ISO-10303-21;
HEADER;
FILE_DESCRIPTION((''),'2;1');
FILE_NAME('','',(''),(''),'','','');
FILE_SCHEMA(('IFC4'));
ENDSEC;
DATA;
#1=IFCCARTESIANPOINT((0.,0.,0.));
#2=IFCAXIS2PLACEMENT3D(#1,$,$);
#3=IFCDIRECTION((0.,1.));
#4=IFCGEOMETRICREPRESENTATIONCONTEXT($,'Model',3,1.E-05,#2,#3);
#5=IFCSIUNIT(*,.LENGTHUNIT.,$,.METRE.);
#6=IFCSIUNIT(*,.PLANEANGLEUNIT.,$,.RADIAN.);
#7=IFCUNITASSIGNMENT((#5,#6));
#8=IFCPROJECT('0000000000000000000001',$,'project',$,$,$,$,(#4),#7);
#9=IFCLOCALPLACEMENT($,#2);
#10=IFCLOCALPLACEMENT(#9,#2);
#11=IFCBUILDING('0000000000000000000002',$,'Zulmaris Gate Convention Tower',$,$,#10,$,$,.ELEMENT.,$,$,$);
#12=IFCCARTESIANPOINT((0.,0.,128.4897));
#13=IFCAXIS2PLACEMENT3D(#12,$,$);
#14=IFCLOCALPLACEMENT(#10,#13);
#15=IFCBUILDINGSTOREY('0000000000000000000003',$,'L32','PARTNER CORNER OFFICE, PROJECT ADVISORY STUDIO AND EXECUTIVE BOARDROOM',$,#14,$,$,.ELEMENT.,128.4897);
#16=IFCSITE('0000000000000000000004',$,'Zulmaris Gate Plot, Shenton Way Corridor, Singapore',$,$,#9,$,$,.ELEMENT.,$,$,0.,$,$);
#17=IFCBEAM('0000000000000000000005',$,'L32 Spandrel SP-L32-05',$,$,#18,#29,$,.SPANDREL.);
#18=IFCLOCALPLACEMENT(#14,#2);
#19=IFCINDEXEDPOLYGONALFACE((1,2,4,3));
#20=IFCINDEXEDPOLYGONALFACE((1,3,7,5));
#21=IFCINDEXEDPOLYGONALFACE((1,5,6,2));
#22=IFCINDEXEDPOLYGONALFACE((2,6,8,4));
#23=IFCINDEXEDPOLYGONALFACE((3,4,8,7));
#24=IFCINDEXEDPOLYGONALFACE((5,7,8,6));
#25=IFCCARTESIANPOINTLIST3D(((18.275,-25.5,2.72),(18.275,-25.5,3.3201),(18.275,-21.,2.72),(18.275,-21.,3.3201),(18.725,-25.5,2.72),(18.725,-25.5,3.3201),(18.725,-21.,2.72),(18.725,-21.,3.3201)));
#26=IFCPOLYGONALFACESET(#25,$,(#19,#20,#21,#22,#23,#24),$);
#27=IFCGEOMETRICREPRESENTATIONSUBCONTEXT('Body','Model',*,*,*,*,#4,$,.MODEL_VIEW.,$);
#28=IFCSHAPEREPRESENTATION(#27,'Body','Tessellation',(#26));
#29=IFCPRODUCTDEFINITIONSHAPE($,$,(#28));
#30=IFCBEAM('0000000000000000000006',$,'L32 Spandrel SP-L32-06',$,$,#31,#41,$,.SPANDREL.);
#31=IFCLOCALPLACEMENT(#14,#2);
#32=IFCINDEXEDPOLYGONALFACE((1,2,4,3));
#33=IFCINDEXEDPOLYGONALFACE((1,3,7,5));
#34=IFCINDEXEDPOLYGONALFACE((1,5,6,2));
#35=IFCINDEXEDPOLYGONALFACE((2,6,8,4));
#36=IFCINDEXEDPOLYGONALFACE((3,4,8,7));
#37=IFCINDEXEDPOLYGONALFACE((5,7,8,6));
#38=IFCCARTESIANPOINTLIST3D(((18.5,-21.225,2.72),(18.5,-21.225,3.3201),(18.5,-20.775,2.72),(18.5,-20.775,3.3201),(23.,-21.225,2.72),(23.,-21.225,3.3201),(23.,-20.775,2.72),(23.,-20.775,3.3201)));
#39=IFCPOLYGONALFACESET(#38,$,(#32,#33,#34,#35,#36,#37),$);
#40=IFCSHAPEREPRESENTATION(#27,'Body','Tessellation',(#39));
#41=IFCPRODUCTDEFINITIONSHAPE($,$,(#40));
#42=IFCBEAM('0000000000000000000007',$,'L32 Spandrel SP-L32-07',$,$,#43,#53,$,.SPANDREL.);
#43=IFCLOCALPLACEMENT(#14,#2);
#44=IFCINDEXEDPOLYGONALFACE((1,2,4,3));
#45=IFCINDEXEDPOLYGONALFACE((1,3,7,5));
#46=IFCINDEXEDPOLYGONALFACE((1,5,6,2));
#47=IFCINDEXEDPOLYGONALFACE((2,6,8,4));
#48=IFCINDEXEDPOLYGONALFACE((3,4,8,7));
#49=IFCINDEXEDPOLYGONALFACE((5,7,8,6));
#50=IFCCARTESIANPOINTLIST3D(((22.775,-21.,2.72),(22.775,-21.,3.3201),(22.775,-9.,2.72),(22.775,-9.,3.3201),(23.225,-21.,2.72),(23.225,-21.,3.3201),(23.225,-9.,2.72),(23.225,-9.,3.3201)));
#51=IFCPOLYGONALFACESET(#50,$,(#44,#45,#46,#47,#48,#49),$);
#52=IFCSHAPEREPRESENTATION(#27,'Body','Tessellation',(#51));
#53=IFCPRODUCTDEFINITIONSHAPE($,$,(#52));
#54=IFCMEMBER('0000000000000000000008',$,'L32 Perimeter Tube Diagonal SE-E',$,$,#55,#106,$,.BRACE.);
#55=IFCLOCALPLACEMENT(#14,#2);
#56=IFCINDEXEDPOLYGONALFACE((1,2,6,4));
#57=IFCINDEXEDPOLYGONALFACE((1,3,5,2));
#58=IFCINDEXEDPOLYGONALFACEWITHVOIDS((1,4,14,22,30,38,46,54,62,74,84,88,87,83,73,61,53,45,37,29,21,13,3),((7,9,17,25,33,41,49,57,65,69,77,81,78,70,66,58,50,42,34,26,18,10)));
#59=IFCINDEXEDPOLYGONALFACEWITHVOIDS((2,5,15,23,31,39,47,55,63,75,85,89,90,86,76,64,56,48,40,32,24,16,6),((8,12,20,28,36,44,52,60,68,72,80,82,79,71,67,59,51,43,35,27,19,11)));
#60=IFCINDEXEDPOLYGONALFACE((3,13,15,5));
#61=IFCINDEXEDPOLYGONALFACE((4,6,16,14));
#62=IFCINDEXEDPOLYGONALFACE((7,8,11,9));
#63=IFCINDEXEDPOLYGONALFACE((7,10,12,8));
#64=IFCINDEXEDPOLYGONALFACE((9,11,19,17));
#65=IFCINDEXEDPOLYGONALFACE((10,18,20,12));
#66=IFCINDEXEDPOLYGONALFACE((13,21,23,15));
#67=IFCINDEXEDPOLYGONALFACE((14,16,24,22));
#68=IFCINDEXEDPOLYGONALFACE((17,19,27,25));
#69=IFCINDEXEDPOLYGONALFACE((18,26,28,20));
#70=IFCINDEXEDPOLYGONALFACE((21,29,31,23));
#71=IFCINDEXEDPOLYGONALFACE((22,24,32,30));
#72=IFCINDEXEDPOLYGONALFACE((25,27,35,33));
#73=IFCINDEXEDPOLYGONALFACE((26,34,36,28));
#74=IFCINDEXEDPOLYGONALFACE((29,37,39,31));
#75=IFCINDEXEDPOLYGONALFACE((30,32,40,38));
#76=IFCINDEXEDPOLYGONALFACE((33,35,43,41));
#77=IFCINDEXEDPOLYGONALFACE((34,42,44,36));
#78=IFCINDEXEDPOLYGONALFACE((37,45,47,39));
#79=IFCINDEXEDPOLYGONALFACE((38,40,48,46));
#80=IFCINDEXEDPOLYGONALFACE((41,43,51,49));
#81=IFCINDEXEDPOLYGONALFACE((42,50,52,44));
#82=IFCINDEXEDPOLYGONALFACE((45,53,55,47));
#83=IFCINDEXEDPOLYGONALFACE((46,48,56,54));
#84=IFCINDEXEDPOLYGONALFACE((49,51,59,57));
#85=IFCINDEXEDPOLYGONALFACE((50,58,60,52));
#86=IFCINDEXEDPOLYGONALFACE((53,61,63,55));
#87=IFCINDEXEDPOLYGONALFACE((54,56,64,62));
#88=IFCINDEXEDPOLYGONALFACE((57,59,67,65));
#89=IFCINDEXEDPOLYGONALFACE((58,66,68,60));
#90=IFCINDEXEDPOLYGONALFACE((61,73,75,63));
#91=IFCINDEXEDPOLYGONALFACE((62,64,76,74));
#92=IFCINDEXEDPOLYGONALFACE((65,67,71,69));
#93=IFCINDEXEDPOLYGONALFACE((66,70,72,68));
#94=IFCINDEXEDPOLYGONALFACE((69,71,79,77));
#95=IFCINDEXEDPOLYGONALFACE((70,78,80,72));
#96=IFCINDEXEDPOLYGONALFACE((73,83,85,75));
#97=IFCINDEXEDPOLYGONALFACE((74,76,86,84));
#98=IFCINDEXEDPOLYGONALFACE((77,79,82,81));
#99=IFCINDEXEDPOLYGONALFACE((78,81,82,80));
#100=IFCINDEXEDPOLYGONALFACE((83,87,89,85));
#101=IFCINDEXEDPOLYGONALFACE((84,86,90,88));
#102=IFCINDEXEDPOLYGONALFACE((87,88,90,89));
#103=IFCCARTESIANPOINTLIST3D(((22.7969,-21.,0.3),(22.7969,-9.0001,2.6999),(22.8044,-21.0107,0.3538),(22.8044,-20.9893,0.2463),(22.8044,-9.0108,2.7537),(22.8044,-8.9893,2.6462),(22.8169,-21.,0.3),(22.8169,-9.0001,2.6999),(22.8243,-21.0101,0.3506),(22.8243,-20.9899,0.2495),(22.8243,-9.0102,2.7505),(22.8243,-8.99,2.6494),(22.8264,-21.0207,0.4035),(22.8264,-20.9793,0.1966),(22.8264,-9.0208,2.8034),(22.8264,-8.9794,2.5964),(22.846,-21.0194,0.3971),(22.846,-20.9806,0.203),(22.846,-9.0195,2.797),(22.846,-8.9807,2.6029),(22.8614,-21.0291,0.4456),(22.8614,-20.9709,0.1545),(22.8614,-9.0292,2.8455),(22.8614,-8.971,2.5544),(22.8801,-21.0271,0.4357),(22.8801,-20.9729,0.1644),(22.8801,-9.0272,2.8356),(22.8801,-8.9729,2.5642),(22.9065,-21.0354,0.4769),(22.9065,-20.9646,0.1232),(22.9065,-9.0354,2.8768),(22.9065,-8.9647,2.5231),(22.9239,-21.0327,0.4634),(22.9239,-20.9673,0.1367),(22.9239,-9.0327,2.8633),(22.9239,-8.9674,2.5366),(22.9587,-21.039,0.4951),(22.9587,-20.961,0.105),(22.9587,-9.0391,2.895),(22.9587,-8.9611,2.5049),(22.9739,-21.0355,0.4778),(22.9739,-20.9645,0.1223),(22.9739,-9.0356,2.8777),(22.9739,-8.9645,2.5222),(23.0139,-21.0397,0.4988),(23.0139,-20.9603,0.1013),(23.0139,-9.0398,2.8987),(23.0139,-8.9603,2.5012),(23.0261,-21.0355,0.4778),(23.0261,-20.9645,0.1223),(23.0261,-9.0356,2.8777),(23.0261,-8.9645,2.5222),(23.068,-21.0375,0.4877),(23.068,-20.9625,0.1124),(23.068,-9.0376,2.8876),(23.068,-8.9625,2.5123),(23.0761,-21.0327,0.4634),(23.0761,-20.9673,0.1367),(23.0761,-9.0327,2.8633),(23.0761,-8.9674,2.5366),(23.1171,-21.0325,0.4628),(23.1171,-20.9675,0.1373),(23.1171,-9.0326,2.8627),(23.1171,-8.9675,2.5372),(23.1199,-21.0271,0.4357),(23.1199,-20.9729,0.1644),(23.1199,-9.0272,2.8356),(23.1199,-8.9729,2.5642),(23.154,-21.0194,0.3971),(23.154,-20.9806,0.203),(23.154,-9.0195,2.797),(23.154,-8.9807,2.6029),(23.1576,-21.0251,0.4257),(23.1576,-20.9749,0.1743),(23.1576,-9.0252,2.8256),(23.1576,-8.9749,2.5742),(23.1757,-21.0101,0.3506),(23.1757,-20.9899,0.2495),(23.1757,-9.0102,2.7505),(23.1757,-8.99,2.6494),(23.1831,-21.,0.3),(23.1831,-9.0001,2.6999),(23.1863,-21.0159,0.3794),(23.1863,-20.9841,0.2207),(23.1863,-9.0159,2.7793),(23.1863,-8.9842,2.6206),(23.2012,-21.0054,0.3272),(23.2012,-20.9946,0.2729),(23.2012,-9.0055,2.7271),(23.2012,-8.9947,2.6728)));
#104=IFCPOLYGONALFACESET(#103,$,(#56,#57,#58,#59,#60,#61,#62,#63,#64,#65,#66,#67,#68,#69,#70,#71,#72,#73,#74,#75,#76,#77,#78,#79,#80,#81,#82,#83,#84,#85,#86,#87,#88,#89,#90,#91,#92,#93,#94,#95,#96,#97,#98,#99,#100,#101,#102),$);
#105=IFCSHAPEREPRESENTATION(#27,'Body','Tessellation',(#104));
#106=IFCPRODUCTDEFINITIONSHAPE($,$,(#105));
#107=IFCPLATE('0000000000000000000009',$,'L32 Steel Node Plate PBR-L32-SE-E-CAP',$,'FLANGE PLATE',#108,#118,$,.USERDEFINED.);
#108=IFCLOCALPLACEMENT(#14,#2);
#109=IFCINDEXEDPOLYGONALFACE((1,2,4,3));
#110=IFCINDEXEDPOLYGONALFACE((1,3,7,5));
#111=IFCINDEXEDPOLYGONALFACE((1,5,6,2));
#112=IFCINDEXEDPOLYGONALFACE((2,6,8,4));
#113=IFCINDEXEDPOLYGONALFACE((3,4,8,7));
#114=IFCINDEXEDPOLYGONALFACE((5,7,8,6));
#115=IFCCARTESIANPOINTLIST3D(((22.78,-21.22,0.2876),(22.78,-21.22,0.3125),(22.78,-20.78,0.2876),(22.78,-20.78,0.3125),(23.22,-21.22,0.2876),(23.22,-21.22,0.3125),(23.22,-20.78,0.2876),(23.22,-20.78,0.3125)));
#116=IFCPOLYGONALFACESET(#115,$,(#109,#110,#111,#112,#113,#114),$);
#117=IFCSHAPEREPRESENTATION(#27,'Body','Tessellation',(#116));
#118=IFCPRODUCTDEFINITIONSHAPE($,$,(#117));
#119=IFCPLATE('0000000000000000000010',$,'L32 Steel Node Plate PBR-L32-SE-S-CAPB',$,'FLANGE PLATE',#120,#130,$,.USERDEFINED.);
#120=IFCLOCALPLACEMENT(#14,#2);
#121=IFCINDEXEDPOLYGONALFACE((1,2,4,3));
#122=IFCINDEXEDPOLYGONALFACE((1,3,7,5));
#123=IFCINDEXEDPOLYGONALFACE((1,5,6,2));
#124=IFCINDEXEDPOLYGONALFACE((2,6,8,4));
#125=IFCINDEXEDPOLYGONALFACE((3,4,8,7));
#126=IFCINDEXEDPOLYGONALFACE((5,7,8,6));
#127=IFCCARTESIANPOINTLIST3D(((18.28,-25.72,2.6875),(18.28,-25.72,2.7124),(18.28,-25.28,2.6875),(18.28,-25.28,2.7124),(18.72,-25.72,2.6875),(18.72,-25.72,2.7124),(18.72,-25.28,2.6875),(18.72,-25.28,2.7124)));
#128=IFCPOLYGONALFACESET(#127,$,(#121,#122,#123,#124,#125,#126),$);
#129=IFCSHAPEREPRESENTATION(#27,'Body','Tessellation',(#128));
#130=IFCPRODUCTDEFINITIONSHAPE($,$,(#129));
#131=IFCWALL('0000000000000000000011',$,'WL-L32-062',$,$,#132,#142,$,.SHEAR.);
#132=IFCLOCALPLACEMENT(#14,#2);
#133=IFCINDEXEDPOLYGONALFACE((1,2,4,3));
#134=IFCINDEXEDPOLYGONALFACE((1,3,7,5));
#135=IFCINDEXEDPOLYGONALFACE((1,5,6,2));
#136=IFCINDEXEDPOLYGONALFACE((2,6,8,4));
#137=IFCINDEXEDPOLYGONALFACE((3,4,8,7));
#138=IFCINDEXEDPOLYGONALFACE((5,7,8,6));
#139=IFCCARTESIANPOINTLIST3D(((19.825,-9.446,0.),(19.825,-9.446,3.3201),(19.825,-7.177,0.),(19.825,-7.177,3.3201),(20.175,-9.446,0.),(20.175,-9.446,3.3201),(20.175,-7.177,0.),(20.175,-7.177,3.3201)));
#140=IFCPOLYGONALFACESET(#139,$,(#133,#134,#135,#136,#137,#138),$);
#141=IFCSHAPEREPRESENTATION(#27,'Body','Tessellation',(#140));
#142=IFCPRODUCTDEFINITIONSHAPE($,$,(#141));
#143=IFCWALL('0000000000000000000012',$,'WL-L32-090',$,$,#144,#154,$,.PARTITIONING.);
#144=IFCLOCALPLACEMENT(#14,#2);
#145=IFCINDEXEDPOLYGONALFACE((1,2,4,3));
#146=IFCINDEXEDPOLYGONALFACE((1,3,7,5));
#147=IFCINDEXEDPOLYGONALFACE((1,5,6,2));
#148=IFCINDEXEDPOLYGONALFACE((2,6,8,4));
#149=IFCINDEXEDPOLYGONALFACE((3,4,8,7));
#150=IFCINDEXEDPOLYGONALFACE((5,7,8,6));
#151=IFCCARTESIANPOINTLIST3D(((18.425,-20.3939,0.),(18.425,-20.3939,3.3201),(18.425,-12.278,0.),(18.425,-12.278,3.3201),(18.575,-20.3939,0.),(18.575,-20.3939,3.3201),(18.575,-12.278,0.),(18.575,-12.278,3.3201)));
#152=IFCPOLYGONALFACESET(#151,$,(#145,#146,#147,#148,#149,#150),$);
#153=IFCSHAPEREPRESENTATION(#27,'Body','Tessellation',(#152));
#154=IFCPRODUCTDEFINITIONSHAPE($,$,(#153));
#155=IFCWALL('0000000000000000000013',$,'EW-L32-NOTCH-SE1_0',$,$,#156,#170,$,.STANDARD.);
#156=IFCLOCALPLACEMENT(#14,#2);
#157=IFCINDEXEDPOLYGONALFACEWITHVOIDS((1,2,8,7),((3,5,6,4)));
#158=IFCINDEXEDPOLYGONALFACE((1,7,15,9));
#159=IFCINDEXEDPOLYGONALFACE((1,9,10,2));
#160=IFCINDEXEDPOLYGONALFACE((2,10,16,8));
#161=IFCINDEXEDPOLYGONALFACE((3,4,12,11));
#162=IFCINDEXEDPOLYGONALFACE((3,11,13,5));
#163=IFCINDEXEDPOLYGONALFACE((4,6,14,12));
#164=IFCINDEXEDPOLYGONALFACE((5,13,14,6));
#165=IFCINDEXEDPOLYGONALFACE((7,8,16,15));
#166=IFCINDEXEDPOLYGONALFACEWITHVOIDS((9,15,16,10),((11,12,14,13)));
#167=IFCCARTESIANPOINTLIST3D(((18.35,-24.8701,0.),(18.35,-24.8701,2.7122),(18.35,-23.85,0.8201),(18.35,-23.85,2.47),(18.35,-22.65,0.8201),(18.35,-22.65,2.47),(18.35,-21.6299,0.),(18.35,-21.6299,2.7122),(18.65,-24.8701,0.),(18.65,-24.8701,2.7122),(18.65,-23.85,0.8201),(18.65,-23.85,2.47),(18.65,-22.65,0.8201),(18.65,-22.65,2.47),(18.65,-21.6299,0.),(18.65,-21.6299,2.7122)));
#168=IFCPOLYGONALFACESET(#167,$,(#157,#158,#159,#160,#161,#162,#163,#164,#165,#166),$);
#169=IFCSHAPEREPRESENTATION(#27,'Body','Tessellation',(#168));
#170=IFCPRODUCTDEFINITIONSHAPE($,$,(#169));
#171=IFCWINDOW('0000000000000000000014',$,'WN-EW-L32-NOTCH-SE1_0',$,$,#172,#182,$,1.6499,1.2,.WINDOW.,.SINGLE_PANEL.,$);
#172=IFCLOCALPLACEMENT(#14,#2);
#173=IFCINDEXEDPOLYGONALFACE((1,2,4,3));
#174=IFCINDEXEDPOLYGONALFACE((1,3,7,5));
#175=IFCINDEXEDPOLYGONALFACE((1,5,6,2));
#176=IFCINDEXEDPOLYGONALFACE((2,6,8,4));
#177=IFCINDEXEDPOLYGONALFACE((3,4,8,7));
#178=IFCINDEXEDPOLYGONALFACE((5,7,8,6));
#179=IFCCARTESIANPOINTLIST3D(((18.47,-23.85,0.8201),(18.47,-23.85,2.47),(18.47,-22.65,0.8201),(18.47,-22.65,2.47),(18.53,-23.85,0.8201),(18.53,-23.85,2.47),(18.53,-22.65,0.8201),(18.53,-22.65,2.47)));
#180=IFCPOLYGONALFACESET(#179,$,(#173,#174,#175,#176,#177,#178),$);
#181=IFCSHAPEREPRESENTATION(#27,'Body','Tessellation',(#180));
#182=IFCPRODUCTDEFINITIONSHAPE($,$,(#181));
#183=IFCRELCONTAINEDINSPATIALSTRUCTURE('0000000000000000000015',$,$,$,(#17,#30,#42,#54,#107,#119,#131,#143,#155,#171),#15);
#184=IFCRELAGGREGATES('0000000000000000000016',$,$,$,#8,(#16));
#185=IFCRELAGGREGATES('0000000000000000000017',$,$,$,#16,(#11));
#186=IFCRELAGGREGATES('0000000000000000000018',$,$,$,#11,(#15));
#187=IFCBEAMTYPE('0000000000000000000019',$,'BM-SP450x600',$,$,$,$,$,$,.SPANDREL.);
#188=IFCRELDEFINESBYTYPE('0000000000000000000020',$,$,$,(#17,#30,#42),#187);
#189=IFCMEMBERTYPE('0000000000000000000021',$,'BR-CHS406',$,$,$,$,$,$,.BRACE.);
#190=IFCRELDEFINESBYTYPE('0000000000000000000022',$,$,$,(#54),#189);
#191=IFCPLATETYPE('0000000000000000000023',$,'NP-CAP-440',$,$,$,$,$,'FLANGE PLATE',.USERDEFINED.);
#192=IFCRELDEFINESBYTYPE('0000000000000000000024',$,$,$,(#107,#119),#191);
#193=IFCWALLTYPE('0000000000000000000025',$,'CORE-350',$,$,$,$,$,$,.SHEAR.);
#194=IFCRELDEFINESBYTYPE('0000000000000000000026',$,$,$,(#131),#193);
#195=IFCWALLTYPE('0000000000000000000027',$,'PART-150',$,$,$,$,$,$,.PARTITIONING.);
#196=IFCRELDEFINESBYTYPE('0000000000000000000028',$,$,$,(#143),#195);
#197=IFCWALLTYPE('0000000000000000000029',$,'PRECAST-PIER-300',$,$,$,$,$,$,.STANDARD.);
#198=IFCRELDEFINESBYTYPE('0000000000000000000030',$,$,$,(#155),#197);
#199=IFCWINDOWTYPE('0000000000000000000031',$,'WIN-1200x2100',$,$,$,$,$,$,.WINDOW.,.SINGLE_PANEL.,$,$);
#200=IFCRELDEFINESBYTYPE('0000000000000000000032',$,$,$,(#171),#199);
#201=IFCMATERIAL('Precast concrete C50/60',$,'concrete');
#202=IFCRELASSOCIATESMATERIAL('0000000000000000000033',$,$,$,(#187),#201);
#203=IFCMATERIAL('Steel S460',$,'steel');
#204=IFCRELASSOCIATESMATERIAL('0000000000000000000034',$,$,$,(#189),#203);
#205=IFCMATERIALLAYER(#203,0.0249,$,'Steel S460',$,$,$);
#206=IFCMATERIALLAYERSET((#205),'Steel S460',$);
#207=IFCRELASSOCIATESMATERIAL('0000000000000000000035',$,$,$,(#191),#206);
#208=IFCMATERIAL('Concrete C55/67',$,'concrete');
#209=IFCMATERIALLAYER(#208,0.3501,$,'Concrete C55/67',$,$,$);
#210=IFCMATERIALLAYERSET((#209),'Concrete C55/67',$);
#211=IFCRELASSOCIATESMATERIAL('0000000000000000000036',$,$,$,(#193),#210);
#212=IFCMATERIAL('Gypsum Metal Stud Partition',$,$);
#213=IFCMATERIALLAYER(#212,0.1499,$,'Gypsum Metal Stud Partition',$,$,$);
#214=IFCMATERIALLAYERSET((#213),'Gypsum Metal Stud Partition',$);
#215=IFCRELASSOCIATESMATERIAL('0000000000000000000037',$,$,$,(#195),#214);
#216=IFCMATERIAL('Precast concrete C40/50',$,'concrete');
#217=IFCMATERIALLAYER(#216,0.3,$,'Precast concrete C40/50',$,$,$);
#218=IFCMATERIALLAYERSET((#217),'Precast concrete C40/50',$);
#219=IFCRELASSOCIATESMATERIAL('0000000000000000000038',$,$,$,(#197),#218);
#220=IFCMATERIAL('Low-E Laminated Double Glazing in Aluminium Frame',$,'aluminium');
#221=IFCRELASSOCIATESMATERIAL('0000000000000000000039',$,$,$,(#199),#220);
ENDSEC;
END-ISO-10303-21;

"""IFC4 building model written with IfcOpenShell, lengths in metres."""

from ifc_helpers import new_model, si_unit, direction, frame, frame_2d, origin, origin_2d, place, context, subcontext, project, spatial, rectangle, hollow_circle, extrude, material, layer, layer_set, material_profile, profile_set, type_object, element, fill, save


model = new_model("IFC4")

# Units and contexts
model_context = context("Model", 3, precision=1e-05, world=origin(), true_north=direction((0.0, 1.0)))
body_context = subcontext(model_context, "Body", "Model", "MODEL_VIEW")
ifc_project = project(units=[si_unit("LENGTHUNIT", "METRE"), si_unit("PLANEANGLEUNIT", "RADIAN")], contexts=[model_context])

# Site, building, storey
site_placement = place(None, origin())
site = spatial("IfcSite", under=ifc_project, at=site_placement, Name="Zulmaris Gate Plot, Shenton Way Corridor, Singapore", CompositionType="ELEMENT", RefElevation=0.0)
building_placement = place(site_placement, origin())
building = spatial("IfcBuilding", under=site, at=building_placement, Name="Zulmaris Gate Convention Tower", CompositionType="ELEMENT")
storey_placement = place(building_placement, frame((0.0, 0.0, 128.4897)))
storey = spatial("IfcBuildingStorey", under=building, at=storey_placement, Name="L32", Description="PARTNER CORNER OFFICE, PROJECT ADVISORY STUDIO AND EXECUTIVE BOARDROOM", CompositionType="ELEMENT", Elevation=128.4897)

# Beams
ifc_material_1 = material(Name="Precast concrete C50/60", Category="concrete")
ifc_material_profile_1 = material_profile(ifc_material_1, rectangle(XDim=0.45, YDim=0.6001, at=origin_2d()), Name="RC SPANDREL 450x600")
ifc_profile_set_1 = profile_set([ifc_material_profile_1], Name="Precast concrete C50/60")
beam_type_1 = type_object("IfcBeamType", Name="BM-SP450x600", PredefinedType="SPANDREL", material=ifc_profile_set_1)
for number, where, z_axis, x_axis, name in (
    (1, (18.5, -25.5, 3.02), (0.0, 1.0, 0.0), (-1.0, 0.0, 0.0), "L32 Spandrel SP-L32-05"),
    (2, (18.5, -21.0, 3.02), (1.0, 0.0, 0.0), (0.0, 1.0, 0.0), "L32 Spandrel SP-L32-06"),
):
    element("IfcBeam", number, at=place(storey_placement, frame(where, z_axis=z_axis, x_axis=x_axis)), inside=storey, type_object=beam_type_1, Name=name, PredefinedType="SPANDREL", context=body_context, shape_type="SweptSolid", body=[
        extrude(rectangle(XDim=0.45, YDim=0.6001, at=origin_2d()), origin(), (0.0, 0.0, 1.0), 4.5),
    ])
beam_1_placement = place(storey_placement, frame((23.0, -21.0, 3.02), z_axis=(0.0, 1.0, 0.0), x_axis=(-1.0, 0.0, 0.0)))
element("IfcBeam", 3, at=beam_1_placement, inside=storey, type_object=beam_type_1, Name="L32 Spandrel SP-L32-07", PredefinedType="SPANDREL", context=body_context, shape_type="SweptSolid", body=[
    extrude(rectangle(XDim=0.45, YDim=0.6001, at=origin_2d()), origin(), (0.0, 0.0, 1.0), 12.0),
])

# Member
ifc_material_2 = material(Name="Steel S460", Category="steel")
ifc_material_profile_2 = material_profile(ifc_material_2, hollow_circle(Radius=0.2031, WallThickness=0.02, at=origin_2d()), Name="CHS 406.4x20")
ifc_profile_set_2 = profile_set([ifc_material_profile_2], Name="Steel S460")
member_type = type_object("IfcMemberType", Name="BR-CHS406", PredefinedType="BRACE", material=ifc_profile_set_2)
member_placement = place(storey_placement, frame((23.0, -21.0, 0.3), z_axis=(0.0, 0.980582, 0.196108), x_axis=(-1.0, 0.0, 0.0)))
element("IfcMember", 4, at=member_placement, inside=storey, type_object=member_type, Name="L32 Perimeter Tube Diagonal SE-E", PredefinedType="BRACE", context=body_context, shape_type="SweptSolid", body=[
    extrude(hollow_circle(Radius=0.2031, WallThickness=0.02, at=origin_2d()), origin(), (0.0, 0.0, 1.0), 12.2375),
])

# Plates
ifc_layer_1 = layer(ifc_material_2, 0.0249, Name="Steel S460")
ifc_layer_set_1 = layer_set([ifc_layer_1], Name="Steel S460")
plate_type = type_object("IfcPlateType", Name="NP-CAP-440", ElementType="FLANGE PLATE", PredefinedType="USERDEFINED", material=ifc_layer_set_1)
for number, where, z_axis, x_axis, name in (
    (5, (23.0, -21.0, 0.2876), (0.0, 0.0, 1.0), (1.0, 0.0, 0.0), "L32 Steel Node Plate PBR-L32-SE-E-CAP"),
    (6, (18.5, -25.5, 2.6875), (0.0, 0.0, 1.0), (1.0, 0.0, 0.0), "L32 Steel Node Plate PBR-L32-SE-S-CAPB"),
):
    element("IfcPlate", number, at=place(storey_placement, frame(where, z_axis=z_axis, x_axis=x_axis)), inside=storey, type_object=plate_type, Name=name, ObjectType="FLANGE PLATE", PredefinedType="USERDEFINED", context=body_context, shape_type="SweptSolid", body=[
        extrude(rectangle(XDim=0.4399, YDim=0.4399, at=origin_2d()), origin(), (0.0, 0.0, 1.0), 0.0249),
    ])

# Wall
ifc_material_3 = material(Name="Concrete C55/67", Category="concrete")
ifc_layer_2 = layer(ifc_material_3, 0.3501, Name="Concrete C55/67")
ifc_layer_set_2 = layer_set([ifc_layer_2], Name="Concrete C55/67")
wall_type_1 = type_object("IfcWallType", Name="CORE-350", PredefinedType="SHEAR", material=ifc_layer_set_2)
wall_1_placement = place(storey_placement, frame((20.0, -9.446, 0.0), z_axis=(0.0, 0.0, 1.0), x_axis=(0.0, 1.0, 0.0)))
element("IfcWall", 7, at=wall_1_placement, inside=storey, type_object=wall_type_1, Name="WL-L32-062", PredefinedType="SHEAR", context=body_context, shape_type="SweptSolid", body=[
    extrude(rectangle(XDim=2.269, YDim=0.3501, at=frame_2d((1.1345, 0.0))), origin(), (0.0, 0.0, 1.0), 3.3201),
])

# Shared definitions
ifc_material_4 = material(Name="Gypsum Metal Stud Partition")
ifc_layer_3 = layer(ifc_material_4, 0.1499, Name="Gypsum Metal Stud Partition")
ifc_layer_set_3 = layer_set([ifc_layer_3], Name="Gypsum Metal Stud Partition")
wall_type_2 = type_object("IfcWallType", Name="PART-150", PredefinedType="PARTITIONING", material=ifc_layer_set_3)

# Wall
wall_2_placement = place(storey_placement, frame((18.5, -20.394, 0.0), z_axis=(0.0, 0.0, 1.0), x_axis=(0.0, 1.0, 0.0)))
element("IfcWall", 8, at=wall_2_placement, inside=storey, type_object=wall_type_2, Name="WL-L32-090", PredefinedType="PARTITIONING", context=body_context, shape_type="SweptSolid", body=[
    extrude(rectangle(XDim=8.116, YDim=0.1499, at=frame_2d((4.0581, 0.0))), origin(), (0.0, 0.0, 1.0), 3.3201),
])

# Wall, opening, window
ifc_material_5 = material(Name="Precast concrete C40/50", Category="concrete")
ifc_layer_4 = layer(ifc_material_5, 0.3, Name="Precast concrete C40/50")
ifc_layer_set_4 = layer_set([ifc_layer_4], Name="Precast concrete C40/50")
wall_type_3 = type_object("IfcWallType", Name="PRECAST-PIER-300", PredefinedType="STANDARD", material=ifc_layer_set_4)
wall_3_placement = place(storey_placement, frame((18.5, -24.8701, 0.0), z_axis=(0.0, 0.0, 1.0), x_axis=(0.0, 1.0, 0.0)))
wall_3 = element("IfcWall", 9, at=wall_3_placement, inside=storey, type_object=wall_type_3, Name="EW-L32-NOTCH-SE1_0", PredefinedType="STANDARD", context=body_context, shape_type="SweptSolid", body=[
    extrude(rectangle(XDim=3.2402, YDim=0.3, at=frame_2d((1.6201, 0.0))), origin(), (0.0, 0.0, 1.0), 2.7122),
])
opening_1_placement = place(wall_3_placement, frame((1.02, 0.0, 0.8201)))
opening_1 = element("IfcOpeningElement", 10, at=opening_1_placement, cuts=wall_3, PredefinedType="OPENING", context=body_context, shape_type="SweptSolid", body=[
    extrude(rectangle(XDim=1.2, YDim=1.6499, at=frame_2d((0.6001, 0.825))), frame((0.0, 0.1602, 0.0), z_axis=(0.0, -1.0, 0.0), x_axis=(1.0, 0.0, 0.0)), (0.0, 0.0, 1.0), 0.3201),
])
ifc_material_6 = material(Name="Low-E Laminated Double Glazing in Aluminium Frame", Category="aluminium")
window_type = type_object("IfcWindowType", Name="WIN-1200x2100", PartitioningType="SINGLE_PANEL", PredefinedType="WINDOW", material=ifc_material_6)
window_1_placement = place(opening_1_placement, origin())
window_1 = element("IfcWindow", 11, at=window_1_placement, inside=storey, type_object=window_type, Name="WN-EW-L32-NOTCH-SE1_0", OverallHeight=1.6499, OverallWidth=1.2, PartitioningType="SINGLE_PANEL", PredefinedType="WINDOW", context=body_context, shape_type="SweptSolid", body=[
    extrude(rectangle(XDim=1.2, YDim=1.6499, at=frame_2d((0.6001, 0.825))), frame((0.0, 0.03, 0.0), z_axis=(0.0, -1.0, 0.0), x_axis=(1.0, 0.0, 0.0)), (0.0, 0.0, 1.0), 0.0601),
])
fill(opening_1, window_1)

save(model, "model.ifc")
